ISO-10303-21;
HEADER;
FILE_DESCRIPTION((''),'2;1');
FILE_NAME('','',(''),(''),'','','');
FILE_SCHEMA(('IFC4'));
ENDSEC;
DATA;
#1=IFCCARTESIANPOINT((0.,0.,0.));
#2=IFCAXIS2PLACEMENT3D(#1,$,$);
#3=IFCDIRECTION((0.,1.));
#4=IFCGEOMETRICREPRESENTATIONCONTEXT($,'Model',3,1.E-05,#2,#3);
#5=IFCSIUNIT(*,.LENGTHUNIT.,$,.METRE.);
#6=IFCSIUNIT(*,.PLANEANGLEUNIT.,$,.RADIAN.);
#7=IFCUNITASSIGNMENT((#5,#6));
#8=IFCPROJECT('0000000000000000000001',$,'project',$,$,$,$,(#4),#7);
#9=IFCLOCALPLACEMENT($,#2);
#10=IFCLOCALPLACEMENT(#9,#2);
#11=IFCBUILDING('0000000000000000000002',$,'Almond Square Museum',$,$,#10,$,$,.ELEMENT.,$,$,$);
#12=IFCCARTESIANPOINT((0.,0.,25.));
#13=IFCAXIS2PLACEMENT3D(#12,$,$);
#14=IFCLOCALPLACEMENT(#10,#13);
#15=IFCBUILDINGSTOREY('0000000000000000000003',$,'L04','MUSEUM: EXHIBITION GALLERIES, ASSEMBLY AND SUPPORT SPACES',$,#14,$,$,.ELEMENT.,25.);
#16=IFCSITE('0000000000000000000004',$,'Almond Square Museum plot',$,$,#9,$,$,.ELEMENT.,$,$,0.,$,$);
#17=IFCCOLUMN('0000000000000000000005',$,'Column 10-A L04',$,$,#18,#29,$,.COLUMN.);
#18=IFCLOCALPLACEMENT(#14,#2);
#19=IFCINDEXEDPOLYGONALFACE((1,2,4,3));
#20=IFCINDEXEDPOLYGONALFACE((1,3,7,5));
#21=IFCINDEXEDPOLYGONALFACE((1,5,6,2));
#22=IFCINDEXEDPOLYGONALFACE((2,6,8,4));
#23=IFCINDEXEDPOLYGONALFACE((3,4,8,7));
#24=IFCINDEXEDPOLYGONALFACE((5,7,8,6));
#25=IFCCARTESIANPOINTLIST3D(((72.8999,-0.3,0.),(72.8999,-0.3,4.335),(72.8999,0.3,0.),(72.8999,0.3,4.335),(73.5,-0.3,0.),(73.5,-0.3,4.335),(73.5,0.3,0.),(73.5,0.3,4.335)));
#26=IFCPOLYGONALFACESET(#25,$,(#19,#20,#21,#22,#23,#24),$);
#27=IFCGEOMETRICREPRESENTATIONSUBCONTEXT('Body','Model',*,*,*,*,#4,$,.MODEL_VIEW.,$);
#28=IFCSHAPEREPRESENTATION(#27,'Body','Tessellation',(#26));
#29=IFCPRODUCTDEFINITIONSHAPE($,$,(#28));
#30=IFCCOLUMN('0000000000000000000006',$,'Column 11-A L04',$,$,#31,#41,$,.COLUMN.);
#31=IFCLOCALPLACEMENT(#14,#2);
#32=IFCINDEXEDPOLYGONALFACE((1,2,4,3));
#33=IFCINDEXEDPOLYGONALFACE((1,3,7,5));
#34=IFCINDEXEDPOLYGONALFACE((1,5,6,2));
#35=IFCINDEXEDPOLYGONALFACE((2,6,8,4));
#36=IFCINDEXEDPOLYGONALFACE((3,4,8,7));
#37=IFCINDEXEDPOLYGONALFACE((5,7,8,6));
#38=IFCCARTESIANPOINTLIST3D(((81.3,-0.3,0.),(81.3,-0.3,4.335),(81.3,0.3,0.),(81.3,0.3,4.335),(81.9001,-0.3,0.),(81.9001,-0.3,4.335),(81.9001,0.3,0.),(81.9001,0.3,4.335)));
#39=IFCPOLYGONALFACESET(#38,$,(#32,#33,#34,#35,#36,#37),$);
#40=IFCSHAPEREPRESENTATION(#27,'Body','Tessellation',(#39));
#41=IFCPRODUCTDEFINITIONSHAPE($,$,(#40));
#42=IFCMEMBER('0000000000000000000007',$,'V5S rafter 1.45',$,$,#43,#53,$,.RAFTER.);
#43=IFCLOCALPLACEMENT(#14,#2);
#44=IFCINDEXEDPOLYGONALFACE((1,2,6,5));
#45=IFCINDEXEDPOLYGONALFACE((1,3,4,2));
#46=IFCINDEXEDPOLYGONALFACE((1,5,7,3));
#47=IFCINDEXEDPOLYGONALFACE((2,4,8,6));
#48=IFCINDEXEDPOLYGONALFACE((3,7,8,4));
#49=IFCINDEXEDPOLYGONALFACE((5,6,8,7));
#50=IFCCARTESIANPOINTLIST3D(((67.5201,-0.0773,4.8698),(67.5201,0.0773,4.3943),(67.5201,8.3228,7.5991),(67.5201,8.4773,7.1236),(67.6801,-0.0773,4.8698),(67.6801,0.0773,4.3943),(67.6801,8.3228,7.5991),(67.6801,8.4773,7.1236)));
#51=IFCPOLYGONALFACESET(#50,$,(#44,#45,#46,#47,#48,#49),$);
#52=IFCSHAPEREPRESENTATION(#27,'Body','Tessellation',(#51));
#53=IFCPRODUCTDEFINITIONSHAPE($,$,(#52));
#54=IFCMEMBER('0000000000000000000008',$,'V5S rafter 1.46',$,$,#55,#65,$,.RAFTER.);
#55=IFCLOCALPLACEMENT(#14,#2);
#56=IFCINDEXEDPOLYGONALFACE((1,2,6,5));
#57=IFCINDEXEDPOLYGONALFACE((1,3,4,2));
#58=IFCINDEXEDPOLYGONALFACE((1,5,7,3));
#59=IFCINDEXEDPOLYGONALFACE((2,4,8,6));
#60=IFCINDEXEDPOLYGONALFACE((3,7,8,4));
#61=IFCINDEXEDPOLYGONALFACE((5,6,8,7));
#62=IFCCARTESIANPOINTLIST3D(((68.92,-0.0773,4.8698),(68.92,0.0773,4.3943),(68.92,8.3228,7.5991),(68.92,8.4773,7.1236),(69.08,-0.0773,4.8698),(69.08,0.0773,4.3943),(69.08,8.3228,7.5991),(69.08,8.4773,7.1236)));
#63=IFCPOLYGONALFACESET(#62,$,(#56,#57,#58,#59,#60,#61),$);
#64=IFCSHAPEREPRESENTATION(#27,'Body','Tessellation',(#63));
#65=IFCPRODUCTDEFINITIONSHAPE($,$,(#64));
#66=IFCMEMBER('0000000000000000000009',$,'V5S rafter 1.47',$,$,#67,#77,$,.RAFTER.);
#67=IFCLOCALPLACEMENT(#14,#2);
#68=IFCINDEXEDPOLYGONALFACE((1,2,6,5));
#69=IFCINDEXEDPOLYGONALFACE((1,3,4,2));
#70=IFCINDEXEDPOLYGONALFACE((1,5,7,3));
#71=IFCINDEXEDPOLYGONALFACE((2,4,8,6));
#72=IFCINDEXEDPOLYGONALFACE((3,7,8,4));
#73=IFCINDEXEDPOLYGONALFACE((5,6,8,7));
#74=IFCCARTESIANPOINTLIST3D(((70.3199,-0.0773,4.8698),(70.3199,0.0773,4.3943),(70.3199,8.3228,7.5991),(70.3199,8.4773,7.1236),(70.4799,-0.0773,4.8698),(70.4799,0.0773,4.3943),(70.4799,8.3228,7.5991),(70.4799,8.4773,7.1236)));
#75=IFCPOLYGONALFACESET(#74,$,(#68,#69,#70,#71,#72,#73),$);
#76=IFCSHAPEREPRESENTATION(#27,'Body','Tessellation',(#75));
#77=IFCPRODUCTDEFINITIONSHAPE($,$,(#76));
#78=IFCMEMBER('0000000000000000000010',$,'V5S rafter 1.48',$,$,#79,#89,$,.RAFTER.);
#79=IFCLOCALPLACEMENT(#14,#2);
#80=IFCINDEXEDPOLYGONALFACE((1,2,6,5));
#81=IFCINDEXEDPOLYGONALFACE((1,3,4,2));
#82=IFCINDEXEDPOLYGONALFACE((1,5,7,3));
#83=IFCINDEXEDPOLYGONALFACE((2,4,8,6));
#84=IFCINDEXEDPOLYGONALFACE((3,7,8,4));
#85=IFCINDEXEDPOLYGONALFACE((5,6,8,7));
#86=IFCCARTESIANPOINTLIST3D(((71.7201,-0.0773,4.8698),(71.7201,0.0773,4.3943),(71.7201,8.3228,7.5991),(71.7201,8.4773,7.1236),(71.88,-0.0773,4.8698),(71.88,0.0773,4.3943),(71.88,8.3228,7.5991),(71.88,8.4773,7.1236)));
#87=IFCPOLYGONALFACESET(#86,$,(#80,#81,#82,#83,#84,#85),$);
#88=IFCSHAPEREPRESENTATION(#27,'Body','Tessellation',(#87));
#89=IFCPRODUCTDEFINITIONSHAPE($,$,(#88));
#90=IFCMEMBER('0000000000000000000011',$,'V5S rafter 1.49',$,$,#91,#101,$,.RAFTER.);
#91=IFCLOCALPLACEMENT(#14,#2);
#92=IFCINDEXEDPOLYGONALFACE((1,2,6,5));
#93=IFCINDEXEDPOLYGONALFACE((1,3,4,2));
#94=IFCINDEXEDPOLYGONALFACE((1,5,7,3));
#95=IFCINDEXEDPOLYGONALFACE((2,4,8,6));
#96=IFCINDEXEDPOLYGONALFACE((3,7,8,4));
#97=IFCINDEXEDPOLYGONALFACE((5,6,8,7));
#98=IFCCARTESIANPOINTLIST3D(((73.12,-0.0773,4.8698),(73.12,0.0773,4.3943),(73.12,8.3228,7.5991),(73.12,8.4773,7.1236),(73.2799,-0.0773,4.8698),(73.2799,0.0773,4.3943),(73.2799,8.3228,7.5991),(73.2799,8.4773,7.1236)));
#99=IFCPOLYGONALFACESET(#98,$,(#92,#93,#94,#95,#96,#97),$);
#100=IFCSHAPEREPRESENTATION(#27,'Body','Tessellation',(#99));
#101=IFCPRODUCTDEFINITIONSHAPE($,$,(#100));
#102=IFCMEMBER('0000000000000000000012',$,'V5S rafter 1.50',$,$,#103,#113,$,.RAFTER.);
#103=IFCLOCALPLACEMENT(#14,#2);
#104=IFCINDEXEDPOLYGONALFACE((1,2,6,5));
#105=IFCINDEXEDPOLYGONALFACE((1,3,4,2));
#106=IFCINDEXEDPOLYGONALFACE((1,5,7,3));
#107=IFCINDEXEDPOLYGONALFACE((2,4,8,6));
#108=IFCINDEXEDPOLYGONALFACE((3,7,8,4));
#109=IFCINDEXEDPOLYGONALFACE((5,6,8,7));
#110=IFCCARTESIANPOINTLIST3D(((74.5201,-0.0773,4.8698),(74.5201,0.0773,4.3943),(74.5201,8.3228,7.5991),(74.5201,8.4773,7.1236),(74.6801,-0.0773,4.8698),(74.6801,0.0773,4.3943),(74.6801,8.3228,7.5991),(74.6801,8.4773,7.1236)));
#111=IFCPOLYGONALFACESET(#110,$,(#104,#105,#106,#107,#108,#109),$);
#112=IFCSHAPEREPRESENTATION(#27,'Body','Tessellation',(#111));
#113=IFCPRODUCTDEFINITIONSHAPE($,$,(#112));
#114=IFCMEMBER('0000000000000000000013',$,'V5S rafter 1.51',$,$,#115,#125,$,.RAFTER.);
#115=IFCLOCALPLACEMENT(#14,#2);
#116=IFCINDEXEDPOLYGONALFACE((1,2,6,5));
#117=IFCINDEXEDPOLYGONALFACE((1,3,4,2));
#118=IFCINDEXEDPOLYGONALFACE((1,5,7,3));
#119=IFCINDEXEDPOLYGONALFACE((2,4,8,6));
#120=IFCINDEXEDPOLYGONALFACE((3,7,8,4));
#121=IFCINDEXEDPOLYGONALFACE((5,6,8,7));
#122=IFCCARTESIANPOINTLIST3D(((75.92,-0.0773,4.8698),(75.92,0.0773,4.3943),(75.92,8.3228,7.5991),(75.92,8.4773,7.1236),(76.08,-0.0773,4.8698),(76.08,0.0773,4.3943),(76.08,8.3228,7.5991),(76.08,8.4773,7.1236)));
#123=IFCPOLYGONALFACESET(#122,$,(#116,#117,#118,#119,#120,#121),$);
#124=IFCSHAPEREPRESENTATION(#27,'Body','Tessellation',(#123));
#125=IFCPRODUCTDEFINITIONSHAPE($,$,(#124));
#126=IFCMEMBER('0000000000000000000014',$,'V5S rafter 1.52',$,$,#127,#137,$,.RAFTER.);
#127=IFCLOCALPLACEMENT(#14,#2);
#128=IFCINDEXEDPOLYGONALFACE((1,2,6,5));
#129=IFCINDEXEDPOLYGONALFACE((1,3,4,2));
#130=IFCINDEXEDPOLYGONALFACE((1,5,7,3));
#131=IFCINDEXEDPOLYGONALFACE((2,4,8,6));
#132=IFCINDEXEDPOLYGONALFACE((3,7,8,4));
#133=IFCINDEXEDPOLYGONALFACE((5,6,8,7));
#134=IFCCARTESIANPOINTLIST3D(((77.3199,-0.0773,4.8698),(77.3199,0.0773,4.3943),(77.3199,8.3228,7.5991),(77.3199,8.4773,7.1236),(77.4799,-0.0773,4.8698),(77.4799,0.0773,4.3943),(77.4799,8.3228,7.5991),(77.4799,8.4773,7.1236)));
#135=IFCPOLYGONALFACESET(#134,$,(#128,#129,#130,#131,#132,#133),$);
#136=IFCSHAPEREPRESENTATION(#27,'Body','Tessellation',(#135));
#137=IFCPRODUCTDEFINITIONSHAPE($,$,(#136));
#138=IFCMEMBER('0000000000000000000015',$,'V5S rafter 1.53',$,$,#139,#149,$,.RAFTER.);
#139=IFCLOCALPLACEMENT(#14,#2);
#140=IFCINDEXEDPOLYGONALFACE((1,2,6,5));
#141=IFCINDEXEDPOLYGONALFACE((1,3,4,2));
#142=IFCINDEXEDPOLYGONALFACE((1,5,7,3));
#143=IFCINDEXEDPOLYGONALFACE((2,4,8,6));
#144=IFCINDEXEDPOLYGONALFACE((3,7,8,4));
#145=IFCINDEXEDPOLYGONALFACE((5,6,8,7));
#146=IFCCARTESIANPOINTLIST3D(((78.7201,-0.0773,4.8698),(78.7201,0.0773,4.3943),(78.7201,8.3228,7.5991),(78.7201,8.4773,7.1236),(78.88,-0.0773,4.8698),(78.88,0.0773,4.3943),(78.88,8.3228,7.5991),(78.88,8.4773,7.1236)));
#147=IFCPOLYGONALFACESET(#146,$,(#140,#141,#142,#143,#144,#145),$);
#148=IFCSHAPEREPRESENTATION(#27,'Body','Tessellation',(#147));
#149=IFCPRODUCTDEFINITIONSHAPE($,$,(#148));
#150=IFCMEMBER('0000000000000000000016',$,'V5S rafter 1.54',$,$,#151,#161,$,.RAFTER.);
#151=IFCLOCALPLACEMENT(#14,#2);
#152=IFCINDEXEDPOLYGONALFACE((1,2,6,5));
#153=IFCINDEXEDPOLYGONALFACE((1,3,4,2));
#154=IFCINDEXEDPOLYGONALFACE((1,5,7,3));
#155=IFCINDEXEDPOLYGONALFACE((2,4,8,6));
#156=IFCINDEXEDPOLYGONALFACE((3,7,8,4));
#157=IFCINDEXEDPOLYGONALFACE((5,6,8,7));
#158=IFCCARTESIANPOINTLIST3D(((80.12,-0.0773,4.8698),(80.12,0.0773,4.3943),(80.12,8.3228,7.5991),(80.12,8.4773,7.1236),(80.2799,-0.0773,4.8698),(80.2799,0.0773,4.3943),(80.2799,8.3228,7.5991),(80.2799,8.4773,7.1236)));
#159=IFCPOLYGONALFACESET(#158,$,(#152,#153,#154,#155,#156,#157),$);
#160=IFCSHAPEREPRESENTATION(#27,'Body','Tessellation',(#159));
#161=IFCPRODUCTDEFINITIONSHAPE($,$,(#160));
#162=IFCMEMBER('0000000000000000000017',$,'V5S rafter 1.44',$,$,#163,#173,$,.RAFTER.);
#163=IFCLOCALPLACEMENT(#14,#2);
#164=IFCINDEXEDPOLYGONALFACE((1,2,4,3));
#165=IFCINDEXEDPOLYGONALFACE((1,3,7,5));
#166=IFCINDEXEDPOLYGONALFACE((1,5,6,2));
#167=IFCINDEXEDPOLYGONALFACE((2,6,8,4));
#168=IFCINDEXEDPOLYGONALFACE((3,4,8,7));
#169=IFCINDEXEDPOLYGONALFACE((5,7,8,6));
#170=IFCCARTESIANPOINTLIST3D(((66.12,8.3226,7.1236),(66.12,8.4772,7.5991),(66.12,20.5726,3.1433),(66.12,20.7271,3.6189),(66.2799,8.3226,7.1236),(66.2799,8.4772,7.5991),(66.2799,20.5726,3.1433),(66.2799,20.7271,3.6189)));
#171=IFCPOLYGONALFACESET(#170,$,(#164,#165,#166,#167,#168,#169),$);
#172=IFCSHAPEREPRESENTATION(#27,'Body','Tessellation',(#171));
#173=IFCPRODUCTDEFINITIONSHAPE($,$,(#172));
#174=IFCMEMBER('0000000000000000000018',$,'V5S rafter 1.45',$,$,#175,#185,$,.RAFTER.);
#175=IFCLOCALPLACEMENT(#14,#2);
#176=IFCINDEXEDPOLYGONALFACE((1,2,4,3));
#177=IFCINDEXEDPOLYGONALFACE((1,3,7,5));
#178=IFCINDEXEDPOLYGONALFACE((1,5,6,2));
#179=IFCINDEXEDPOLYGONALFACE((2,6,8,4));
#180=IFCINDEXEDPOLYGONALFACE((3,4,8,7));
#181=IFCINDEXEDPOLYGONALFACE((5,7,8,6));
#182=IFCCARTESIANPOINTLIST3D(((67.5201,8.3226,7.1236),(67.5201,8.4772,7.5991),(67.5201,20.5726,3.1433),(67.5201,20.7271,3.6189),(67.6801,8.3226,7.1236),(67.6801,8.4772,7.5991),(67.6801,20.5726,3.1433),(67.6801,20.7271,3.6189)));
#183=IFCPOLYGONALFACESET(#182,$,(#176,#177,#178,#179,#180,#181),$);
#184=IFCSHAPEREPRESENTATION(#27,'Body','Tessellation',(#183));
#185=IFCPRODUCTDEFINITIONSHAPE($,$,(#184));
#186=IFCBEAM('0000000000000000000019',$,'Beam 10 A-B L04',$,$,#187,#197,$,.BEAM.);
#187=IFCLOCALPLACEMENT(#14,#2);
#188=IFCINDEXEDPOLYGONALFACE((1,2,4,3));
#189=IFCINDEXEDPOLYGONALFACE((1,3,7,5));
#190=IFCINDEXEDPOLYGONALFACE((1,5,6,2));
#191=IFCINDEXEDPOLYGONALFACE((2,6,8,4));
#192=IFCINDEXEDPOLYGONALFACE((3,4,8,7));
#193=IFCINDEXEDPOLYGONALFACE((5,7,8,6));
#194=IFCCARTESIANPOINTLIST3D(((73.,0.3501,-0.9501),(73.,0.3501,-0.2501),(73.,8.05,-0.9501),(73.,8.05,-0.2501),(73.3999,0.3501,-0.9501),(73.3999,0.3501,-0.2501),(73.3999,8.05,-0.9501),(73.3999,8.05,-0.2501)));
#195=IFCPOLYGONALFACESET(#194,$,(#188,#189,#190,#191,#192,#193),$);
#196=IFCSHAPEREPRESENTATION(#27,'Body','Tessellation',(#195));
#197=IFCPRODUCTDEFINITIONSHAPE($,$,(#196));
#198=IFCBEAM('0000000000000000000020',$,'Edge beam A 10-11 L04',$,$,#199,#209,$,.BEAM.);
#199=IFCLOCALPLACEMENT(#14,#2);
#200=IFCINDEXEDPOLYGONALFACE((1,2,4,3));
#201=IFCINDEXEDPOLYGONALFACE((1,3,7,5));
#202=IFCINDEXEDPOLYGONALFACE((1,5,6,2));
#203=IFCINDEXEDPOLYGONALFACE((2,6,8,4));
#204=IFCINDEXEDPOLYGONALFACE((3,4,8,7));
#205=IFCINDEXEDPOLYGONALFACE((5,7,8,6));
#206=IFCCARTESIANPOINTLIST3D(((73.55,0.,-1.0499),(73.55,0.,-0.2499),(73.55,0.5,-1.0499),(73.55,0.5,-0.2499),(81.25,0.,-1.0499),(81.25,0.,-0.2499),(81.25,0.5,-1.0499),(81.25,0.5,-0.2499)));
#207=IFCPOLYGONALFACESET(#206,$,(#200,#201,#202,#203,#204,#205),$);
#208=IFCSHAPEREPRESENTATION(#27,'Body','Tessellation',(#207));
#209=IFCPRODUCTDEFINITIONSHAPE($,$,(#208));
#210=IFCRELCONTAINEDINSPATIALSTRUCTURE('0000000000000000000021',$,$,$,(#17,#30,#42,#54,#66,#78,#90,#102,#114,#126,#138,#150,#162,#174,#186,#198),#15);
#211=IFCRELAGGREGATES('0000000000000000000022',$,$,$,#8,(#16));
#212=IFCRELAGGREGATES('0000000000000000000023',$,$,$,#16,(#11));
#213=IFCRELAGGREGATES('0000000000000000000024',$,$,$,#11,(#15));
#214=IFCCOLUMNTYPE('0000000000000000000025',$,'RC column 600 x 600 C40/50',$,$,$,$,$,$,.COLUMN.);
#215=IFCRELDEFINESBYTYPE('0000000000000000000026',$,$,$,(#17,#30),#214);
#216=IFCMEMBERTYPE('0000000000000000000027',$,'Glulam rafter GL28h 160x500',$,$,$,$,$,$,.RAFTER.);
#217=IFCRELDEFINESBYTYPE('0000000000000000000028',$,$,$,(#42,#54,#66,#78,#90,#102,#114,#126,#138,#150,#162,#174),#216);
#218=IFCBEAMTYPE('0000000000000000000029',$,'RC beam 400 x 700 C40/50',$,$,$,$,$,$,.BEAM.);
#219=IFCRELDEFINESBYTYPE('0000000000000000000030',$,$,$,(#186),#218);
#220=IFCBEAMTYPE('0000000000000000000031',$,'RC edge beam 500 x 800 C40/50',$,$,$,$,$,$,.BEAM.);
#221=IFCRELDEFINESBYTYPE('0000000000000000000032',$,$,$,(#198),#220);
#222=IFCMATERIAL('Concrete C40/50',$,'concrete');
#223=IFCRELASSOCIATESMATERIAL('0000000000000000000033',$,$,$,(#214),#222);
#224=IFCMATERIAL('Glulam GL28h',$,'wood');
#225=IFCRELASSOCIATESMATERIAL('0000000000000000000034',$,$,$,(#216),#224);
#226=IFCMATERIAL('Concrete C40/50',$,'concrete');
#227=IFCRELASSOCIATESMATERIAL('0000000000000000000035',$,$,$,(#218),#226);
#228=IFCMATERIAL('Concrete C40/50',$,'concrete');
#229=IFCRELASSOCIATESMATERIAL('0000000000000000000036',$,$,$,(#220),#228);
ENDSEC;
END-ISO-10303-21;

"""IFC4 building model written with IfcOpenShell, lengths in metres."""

from ifc_helpers import new_model, si_unit, direction, frame, origin, origin_2d, place, context, subcontext, project, spatial, rectangle, extrude, material, material_profile, profile_set, type_object, element, save


model = new_model("IFC4")

# Units and contexts
model_context = context("Model", 3, precision=1e-05, world=origin(), true_north=direction((0.0, 1.0)))
body_context = subcontext(model_context, "Body", "Model", "MODEL_VIEW")
ifc_project = project(units=[si_unit("LENGTHUNIT", "METRE"), si_unit("PLANEANGLEUNIT", "RADIAN")], contexts=[model_context])

# Site, building, storey
site_placement = place(None, origin())
site = spatial("IfcSite", under=ifc_project, at=site_placement, Name="Almond Square Museum plot", CompositionType="ELEMENT", RefElevation=0.0)
building_placement = place(site_placement, origin())
building = spatial("IfcBuilding", under=site, at=building_placement, Name="Almond Square Museum", CompositionType="ELEMENT")
storey_placement = place(building_placement, frame((0.0, 0.0, 25.0)))
storey = spatial("IfcBuildingStorey", under=building, at=storey_placement, Name="L04", Description="MUSEUM: EXHIBITION GALLERIES, ASSEMBLY AND SUPPORT SPACES", CompositionType="ELEMENT", Elevation=25.0)

# Columns
ifc_material_1 = material(Name="Concrete C40/50", Category="concrete")
ifc_material_profile_1 = material_profile(ifc_material_1, rectangle(XDim=0.6001, YDim=0.6001, at=origin_2d()))
ifc_profile_set_1 = profile_set([ifc_material_profile_1], Name="Concrete C40/50")
column_type = type_object("IfcColumnType", Name="RC column 600 x 600 C40/50", PredefinedType="COLUMN", material=ifc_profile_set_1)
for number, where, z_axis, x_axis, name in (
    (1, (73.2, 0.0, 0.0), (0.0, 0.0, 1.0), (1.0, 0.0, 0.0), "Column 10-A L04"),
    (2, (81.6001, 0.0, 0.0), (0.0, 0.0, 1.0), (1.0, 0.0, 0.0), "Column 11-A L04"),
):
    element("IfcColumn", number, at=place(storey_placement, frame(where, z_axis=z_axis, x_axis=x_axis)), inside=storey, type_object=column_type, Name=name, PredefinedType="COLUMN", context=body_context, shape_type="SweptSolid", body=[
        extrude(rectangle(XDim=0.6001, YDim=0.6001, at=origin_2d()), origin(), (0.0, 0.0, 1.0), 4.335),
    ])

# Members
ifc_material_2 = material(Name="Glulam GL28h", Category="wood")
ifc_material_profile_2 = material_profile(ifc_material_2, rectangle(XDim=0.1599, YDim=0.5, at=origin_2d()))
ifc_profile_set_2 = profile_set([ifc_material_profile_2], Name="Glulam GL28h")
member_type = type_object("IfcMemberType", Name="Glulam rafter GL28h 160x500", PredefinedType="RAFTER", material=ifc_profile_set_2)
for number, where, z_axis, x_axis, name in (
    (3, (67.6001, 0.0, 4.6321), (0.0, 0.951058, 0.309012), (-1.0, 0.0, 0.0), "V5S rafter 1.45"),
    (4, (69.0, 0.0, 4.6321), (0.0, 0.951058, 0.309012), (-1.0, 0.0, 0.0), "V5S rafter 1.46"),
    (5, (70.3999, 0.0, 4.6321), (0.0, 0.951058, 0.309012), (-1.0, 0.0, 0.0), "V5S rafter 1.47"),
    (6, (71.8, 0.0, 4.6321), (0.0, 0.951058, 0.309012), (-1.0, 0.0, 0.0), "V5S rafter 1.48"),
    (7, (73.2, 0.0, 4.6321), (0.0, 0.951058, 0.309012), (-1.0, 0.0, 0.0), "V5S rafter 1.49"),
    (8, (74.6001, 0.0, 4.6321), (0.0, 0.951058, 0.309012), (-1.0, 0.0, 0.0), "V5S rafter 1.50"),
    (9, (76.0, 0.0, 4.6321), (0.0, 0.951058, 0.309012), (-1.0, 0.0, 0.0), "V5S rafter 1.51"),
    (10, (77.3999, 0.0, 4.6321), (0.0, 0.951058, 0.309012), (-1.0, 0.0, 0.0), "V5S rafter 1.52"),
    (11, (78.8, 0.0, 4.6321), (0.0, 0.951058, 0.309012), (-1.0, 0.0, 0.0), "V5S rafter 1.53"),
    (12, (80.2, 0.0, 4.6321), (0.0, 0.951058, 0.309012), (-1.0, 0.0, 0.0), "V5S rafter 1.54"),
):
    element("IfcMember", number, at=place(storey_placement, frame(where, z_axis=z_axis, x_axis=x_axis)), inside=storey, type_object=member_type, Name=name, PredefinedType="RAFTER", context=body_context, shape_type="SweptSolid", body=[
        extrude(rectangle(XDim=0.1599, YDim=0.5, at=origin_2d()), origin(), (0.0, 0.0, 1.0), 8.8323),
    ])
for number, where, z_axis, x_axis, name in (
    (13, (66.2, 8.3999, 7.3613), (0.0, 0.951057, -0.309014), (-1.0, 0.0, 0.0), "V5S rafter 1.44"),
    (14, (67.6001, 8.3999, 7.3613), (0.0, 0.951057, -0.309014), (-1.0, 0.0, 0.0), "V5S rafter 1.45"),
):
    element("IfcMember", number, at=place(storey_placement, frame(where, z_axis=z_axis, x_axis=x_axis)), inside=storey, type_object=member_type, Name=name, PredefinedType="RAFTER", context=body_context, shape_type="SweptSolid", body=[
        extrude(rectangle(XDim=0.1599, YDim=0.5, at=origin_2d()), origin(), (0.0, 0.0, 1.0), 12.8804),
    ])

# Beams
ifc_material_3 = material(Name="Concrete C40/50", Category="concrete")
ifc_material_profile_3 = material_profile(ifc_material_3, rectangle(XDim=0.3999, YDim=0.7, at=origin_2d()))
ifc_profile_set_3 = profile_set([ifc_material_profile_3], Name="Concrete C40/50")
beam_type_1 = type_object("IfcBeamType", Name="RC beam 400 x 700 C40/50", PredefinedType="BEAM", material=ifc_profile_set_3)
beam_1_placement = place(storey_placement, frame((73.2, 0.3501, -0.6001), z_axis=(0.0, 1.0, 0.0), x_axis=(-1.0, 0.0, 0.0)))
element("IfcBeam", 15, at=beam_1_placement, inside=storey, type_object=beam_type_1, Name="Beam 10 A-B L04", PredefinedType="BEAM", context=body_context, shape_type="SweptSolid", body=[
    extrude(rectangle(XDim=0.3999, YDim=0.7, at=origin_2d()), origin(), (0.0, 0.0, 1.0), 7.7),
])
ifc_material_4 = material(Name="Concrete C40/50", Category="concrete")
ifc_material_profile_4 = material_profile(ifc_material_4, rectangle(XDim=0.5, YDim=0.8, at=origin_2d()))
ifc_profile_set_4 = profile_set([ifc_material_profile_4], Name="Concrete C40/50")
beam_type_2 = type_object("IfcBeamType", Name="RC edge beam 500 x 800 C40/50", PredefinedType="BEAM", material=ifc_profile_set_4)
beam_2_placement = place(storey_placement, frame((73.55, 0.25, -0.6499), z_axis=(1.0, 0.0, 0.0), x_axis=(0.0, 1.0, 0.0)))
element("IfcBeam", 16, at=beam_2_placement, inside=storey, type_object=beam_type_2, Name="Edge beam A 10-11 L04", PredefinedType="BEAM", context=body_context, shape_type="SweptSolid", body=[
    extrude(rectangle(XDim=0.5, YDim=0.8, at=origin_2d()), origin(), (0.0, 0.0, 1.0), 7.7),
])

save(model, "model.ifc")
